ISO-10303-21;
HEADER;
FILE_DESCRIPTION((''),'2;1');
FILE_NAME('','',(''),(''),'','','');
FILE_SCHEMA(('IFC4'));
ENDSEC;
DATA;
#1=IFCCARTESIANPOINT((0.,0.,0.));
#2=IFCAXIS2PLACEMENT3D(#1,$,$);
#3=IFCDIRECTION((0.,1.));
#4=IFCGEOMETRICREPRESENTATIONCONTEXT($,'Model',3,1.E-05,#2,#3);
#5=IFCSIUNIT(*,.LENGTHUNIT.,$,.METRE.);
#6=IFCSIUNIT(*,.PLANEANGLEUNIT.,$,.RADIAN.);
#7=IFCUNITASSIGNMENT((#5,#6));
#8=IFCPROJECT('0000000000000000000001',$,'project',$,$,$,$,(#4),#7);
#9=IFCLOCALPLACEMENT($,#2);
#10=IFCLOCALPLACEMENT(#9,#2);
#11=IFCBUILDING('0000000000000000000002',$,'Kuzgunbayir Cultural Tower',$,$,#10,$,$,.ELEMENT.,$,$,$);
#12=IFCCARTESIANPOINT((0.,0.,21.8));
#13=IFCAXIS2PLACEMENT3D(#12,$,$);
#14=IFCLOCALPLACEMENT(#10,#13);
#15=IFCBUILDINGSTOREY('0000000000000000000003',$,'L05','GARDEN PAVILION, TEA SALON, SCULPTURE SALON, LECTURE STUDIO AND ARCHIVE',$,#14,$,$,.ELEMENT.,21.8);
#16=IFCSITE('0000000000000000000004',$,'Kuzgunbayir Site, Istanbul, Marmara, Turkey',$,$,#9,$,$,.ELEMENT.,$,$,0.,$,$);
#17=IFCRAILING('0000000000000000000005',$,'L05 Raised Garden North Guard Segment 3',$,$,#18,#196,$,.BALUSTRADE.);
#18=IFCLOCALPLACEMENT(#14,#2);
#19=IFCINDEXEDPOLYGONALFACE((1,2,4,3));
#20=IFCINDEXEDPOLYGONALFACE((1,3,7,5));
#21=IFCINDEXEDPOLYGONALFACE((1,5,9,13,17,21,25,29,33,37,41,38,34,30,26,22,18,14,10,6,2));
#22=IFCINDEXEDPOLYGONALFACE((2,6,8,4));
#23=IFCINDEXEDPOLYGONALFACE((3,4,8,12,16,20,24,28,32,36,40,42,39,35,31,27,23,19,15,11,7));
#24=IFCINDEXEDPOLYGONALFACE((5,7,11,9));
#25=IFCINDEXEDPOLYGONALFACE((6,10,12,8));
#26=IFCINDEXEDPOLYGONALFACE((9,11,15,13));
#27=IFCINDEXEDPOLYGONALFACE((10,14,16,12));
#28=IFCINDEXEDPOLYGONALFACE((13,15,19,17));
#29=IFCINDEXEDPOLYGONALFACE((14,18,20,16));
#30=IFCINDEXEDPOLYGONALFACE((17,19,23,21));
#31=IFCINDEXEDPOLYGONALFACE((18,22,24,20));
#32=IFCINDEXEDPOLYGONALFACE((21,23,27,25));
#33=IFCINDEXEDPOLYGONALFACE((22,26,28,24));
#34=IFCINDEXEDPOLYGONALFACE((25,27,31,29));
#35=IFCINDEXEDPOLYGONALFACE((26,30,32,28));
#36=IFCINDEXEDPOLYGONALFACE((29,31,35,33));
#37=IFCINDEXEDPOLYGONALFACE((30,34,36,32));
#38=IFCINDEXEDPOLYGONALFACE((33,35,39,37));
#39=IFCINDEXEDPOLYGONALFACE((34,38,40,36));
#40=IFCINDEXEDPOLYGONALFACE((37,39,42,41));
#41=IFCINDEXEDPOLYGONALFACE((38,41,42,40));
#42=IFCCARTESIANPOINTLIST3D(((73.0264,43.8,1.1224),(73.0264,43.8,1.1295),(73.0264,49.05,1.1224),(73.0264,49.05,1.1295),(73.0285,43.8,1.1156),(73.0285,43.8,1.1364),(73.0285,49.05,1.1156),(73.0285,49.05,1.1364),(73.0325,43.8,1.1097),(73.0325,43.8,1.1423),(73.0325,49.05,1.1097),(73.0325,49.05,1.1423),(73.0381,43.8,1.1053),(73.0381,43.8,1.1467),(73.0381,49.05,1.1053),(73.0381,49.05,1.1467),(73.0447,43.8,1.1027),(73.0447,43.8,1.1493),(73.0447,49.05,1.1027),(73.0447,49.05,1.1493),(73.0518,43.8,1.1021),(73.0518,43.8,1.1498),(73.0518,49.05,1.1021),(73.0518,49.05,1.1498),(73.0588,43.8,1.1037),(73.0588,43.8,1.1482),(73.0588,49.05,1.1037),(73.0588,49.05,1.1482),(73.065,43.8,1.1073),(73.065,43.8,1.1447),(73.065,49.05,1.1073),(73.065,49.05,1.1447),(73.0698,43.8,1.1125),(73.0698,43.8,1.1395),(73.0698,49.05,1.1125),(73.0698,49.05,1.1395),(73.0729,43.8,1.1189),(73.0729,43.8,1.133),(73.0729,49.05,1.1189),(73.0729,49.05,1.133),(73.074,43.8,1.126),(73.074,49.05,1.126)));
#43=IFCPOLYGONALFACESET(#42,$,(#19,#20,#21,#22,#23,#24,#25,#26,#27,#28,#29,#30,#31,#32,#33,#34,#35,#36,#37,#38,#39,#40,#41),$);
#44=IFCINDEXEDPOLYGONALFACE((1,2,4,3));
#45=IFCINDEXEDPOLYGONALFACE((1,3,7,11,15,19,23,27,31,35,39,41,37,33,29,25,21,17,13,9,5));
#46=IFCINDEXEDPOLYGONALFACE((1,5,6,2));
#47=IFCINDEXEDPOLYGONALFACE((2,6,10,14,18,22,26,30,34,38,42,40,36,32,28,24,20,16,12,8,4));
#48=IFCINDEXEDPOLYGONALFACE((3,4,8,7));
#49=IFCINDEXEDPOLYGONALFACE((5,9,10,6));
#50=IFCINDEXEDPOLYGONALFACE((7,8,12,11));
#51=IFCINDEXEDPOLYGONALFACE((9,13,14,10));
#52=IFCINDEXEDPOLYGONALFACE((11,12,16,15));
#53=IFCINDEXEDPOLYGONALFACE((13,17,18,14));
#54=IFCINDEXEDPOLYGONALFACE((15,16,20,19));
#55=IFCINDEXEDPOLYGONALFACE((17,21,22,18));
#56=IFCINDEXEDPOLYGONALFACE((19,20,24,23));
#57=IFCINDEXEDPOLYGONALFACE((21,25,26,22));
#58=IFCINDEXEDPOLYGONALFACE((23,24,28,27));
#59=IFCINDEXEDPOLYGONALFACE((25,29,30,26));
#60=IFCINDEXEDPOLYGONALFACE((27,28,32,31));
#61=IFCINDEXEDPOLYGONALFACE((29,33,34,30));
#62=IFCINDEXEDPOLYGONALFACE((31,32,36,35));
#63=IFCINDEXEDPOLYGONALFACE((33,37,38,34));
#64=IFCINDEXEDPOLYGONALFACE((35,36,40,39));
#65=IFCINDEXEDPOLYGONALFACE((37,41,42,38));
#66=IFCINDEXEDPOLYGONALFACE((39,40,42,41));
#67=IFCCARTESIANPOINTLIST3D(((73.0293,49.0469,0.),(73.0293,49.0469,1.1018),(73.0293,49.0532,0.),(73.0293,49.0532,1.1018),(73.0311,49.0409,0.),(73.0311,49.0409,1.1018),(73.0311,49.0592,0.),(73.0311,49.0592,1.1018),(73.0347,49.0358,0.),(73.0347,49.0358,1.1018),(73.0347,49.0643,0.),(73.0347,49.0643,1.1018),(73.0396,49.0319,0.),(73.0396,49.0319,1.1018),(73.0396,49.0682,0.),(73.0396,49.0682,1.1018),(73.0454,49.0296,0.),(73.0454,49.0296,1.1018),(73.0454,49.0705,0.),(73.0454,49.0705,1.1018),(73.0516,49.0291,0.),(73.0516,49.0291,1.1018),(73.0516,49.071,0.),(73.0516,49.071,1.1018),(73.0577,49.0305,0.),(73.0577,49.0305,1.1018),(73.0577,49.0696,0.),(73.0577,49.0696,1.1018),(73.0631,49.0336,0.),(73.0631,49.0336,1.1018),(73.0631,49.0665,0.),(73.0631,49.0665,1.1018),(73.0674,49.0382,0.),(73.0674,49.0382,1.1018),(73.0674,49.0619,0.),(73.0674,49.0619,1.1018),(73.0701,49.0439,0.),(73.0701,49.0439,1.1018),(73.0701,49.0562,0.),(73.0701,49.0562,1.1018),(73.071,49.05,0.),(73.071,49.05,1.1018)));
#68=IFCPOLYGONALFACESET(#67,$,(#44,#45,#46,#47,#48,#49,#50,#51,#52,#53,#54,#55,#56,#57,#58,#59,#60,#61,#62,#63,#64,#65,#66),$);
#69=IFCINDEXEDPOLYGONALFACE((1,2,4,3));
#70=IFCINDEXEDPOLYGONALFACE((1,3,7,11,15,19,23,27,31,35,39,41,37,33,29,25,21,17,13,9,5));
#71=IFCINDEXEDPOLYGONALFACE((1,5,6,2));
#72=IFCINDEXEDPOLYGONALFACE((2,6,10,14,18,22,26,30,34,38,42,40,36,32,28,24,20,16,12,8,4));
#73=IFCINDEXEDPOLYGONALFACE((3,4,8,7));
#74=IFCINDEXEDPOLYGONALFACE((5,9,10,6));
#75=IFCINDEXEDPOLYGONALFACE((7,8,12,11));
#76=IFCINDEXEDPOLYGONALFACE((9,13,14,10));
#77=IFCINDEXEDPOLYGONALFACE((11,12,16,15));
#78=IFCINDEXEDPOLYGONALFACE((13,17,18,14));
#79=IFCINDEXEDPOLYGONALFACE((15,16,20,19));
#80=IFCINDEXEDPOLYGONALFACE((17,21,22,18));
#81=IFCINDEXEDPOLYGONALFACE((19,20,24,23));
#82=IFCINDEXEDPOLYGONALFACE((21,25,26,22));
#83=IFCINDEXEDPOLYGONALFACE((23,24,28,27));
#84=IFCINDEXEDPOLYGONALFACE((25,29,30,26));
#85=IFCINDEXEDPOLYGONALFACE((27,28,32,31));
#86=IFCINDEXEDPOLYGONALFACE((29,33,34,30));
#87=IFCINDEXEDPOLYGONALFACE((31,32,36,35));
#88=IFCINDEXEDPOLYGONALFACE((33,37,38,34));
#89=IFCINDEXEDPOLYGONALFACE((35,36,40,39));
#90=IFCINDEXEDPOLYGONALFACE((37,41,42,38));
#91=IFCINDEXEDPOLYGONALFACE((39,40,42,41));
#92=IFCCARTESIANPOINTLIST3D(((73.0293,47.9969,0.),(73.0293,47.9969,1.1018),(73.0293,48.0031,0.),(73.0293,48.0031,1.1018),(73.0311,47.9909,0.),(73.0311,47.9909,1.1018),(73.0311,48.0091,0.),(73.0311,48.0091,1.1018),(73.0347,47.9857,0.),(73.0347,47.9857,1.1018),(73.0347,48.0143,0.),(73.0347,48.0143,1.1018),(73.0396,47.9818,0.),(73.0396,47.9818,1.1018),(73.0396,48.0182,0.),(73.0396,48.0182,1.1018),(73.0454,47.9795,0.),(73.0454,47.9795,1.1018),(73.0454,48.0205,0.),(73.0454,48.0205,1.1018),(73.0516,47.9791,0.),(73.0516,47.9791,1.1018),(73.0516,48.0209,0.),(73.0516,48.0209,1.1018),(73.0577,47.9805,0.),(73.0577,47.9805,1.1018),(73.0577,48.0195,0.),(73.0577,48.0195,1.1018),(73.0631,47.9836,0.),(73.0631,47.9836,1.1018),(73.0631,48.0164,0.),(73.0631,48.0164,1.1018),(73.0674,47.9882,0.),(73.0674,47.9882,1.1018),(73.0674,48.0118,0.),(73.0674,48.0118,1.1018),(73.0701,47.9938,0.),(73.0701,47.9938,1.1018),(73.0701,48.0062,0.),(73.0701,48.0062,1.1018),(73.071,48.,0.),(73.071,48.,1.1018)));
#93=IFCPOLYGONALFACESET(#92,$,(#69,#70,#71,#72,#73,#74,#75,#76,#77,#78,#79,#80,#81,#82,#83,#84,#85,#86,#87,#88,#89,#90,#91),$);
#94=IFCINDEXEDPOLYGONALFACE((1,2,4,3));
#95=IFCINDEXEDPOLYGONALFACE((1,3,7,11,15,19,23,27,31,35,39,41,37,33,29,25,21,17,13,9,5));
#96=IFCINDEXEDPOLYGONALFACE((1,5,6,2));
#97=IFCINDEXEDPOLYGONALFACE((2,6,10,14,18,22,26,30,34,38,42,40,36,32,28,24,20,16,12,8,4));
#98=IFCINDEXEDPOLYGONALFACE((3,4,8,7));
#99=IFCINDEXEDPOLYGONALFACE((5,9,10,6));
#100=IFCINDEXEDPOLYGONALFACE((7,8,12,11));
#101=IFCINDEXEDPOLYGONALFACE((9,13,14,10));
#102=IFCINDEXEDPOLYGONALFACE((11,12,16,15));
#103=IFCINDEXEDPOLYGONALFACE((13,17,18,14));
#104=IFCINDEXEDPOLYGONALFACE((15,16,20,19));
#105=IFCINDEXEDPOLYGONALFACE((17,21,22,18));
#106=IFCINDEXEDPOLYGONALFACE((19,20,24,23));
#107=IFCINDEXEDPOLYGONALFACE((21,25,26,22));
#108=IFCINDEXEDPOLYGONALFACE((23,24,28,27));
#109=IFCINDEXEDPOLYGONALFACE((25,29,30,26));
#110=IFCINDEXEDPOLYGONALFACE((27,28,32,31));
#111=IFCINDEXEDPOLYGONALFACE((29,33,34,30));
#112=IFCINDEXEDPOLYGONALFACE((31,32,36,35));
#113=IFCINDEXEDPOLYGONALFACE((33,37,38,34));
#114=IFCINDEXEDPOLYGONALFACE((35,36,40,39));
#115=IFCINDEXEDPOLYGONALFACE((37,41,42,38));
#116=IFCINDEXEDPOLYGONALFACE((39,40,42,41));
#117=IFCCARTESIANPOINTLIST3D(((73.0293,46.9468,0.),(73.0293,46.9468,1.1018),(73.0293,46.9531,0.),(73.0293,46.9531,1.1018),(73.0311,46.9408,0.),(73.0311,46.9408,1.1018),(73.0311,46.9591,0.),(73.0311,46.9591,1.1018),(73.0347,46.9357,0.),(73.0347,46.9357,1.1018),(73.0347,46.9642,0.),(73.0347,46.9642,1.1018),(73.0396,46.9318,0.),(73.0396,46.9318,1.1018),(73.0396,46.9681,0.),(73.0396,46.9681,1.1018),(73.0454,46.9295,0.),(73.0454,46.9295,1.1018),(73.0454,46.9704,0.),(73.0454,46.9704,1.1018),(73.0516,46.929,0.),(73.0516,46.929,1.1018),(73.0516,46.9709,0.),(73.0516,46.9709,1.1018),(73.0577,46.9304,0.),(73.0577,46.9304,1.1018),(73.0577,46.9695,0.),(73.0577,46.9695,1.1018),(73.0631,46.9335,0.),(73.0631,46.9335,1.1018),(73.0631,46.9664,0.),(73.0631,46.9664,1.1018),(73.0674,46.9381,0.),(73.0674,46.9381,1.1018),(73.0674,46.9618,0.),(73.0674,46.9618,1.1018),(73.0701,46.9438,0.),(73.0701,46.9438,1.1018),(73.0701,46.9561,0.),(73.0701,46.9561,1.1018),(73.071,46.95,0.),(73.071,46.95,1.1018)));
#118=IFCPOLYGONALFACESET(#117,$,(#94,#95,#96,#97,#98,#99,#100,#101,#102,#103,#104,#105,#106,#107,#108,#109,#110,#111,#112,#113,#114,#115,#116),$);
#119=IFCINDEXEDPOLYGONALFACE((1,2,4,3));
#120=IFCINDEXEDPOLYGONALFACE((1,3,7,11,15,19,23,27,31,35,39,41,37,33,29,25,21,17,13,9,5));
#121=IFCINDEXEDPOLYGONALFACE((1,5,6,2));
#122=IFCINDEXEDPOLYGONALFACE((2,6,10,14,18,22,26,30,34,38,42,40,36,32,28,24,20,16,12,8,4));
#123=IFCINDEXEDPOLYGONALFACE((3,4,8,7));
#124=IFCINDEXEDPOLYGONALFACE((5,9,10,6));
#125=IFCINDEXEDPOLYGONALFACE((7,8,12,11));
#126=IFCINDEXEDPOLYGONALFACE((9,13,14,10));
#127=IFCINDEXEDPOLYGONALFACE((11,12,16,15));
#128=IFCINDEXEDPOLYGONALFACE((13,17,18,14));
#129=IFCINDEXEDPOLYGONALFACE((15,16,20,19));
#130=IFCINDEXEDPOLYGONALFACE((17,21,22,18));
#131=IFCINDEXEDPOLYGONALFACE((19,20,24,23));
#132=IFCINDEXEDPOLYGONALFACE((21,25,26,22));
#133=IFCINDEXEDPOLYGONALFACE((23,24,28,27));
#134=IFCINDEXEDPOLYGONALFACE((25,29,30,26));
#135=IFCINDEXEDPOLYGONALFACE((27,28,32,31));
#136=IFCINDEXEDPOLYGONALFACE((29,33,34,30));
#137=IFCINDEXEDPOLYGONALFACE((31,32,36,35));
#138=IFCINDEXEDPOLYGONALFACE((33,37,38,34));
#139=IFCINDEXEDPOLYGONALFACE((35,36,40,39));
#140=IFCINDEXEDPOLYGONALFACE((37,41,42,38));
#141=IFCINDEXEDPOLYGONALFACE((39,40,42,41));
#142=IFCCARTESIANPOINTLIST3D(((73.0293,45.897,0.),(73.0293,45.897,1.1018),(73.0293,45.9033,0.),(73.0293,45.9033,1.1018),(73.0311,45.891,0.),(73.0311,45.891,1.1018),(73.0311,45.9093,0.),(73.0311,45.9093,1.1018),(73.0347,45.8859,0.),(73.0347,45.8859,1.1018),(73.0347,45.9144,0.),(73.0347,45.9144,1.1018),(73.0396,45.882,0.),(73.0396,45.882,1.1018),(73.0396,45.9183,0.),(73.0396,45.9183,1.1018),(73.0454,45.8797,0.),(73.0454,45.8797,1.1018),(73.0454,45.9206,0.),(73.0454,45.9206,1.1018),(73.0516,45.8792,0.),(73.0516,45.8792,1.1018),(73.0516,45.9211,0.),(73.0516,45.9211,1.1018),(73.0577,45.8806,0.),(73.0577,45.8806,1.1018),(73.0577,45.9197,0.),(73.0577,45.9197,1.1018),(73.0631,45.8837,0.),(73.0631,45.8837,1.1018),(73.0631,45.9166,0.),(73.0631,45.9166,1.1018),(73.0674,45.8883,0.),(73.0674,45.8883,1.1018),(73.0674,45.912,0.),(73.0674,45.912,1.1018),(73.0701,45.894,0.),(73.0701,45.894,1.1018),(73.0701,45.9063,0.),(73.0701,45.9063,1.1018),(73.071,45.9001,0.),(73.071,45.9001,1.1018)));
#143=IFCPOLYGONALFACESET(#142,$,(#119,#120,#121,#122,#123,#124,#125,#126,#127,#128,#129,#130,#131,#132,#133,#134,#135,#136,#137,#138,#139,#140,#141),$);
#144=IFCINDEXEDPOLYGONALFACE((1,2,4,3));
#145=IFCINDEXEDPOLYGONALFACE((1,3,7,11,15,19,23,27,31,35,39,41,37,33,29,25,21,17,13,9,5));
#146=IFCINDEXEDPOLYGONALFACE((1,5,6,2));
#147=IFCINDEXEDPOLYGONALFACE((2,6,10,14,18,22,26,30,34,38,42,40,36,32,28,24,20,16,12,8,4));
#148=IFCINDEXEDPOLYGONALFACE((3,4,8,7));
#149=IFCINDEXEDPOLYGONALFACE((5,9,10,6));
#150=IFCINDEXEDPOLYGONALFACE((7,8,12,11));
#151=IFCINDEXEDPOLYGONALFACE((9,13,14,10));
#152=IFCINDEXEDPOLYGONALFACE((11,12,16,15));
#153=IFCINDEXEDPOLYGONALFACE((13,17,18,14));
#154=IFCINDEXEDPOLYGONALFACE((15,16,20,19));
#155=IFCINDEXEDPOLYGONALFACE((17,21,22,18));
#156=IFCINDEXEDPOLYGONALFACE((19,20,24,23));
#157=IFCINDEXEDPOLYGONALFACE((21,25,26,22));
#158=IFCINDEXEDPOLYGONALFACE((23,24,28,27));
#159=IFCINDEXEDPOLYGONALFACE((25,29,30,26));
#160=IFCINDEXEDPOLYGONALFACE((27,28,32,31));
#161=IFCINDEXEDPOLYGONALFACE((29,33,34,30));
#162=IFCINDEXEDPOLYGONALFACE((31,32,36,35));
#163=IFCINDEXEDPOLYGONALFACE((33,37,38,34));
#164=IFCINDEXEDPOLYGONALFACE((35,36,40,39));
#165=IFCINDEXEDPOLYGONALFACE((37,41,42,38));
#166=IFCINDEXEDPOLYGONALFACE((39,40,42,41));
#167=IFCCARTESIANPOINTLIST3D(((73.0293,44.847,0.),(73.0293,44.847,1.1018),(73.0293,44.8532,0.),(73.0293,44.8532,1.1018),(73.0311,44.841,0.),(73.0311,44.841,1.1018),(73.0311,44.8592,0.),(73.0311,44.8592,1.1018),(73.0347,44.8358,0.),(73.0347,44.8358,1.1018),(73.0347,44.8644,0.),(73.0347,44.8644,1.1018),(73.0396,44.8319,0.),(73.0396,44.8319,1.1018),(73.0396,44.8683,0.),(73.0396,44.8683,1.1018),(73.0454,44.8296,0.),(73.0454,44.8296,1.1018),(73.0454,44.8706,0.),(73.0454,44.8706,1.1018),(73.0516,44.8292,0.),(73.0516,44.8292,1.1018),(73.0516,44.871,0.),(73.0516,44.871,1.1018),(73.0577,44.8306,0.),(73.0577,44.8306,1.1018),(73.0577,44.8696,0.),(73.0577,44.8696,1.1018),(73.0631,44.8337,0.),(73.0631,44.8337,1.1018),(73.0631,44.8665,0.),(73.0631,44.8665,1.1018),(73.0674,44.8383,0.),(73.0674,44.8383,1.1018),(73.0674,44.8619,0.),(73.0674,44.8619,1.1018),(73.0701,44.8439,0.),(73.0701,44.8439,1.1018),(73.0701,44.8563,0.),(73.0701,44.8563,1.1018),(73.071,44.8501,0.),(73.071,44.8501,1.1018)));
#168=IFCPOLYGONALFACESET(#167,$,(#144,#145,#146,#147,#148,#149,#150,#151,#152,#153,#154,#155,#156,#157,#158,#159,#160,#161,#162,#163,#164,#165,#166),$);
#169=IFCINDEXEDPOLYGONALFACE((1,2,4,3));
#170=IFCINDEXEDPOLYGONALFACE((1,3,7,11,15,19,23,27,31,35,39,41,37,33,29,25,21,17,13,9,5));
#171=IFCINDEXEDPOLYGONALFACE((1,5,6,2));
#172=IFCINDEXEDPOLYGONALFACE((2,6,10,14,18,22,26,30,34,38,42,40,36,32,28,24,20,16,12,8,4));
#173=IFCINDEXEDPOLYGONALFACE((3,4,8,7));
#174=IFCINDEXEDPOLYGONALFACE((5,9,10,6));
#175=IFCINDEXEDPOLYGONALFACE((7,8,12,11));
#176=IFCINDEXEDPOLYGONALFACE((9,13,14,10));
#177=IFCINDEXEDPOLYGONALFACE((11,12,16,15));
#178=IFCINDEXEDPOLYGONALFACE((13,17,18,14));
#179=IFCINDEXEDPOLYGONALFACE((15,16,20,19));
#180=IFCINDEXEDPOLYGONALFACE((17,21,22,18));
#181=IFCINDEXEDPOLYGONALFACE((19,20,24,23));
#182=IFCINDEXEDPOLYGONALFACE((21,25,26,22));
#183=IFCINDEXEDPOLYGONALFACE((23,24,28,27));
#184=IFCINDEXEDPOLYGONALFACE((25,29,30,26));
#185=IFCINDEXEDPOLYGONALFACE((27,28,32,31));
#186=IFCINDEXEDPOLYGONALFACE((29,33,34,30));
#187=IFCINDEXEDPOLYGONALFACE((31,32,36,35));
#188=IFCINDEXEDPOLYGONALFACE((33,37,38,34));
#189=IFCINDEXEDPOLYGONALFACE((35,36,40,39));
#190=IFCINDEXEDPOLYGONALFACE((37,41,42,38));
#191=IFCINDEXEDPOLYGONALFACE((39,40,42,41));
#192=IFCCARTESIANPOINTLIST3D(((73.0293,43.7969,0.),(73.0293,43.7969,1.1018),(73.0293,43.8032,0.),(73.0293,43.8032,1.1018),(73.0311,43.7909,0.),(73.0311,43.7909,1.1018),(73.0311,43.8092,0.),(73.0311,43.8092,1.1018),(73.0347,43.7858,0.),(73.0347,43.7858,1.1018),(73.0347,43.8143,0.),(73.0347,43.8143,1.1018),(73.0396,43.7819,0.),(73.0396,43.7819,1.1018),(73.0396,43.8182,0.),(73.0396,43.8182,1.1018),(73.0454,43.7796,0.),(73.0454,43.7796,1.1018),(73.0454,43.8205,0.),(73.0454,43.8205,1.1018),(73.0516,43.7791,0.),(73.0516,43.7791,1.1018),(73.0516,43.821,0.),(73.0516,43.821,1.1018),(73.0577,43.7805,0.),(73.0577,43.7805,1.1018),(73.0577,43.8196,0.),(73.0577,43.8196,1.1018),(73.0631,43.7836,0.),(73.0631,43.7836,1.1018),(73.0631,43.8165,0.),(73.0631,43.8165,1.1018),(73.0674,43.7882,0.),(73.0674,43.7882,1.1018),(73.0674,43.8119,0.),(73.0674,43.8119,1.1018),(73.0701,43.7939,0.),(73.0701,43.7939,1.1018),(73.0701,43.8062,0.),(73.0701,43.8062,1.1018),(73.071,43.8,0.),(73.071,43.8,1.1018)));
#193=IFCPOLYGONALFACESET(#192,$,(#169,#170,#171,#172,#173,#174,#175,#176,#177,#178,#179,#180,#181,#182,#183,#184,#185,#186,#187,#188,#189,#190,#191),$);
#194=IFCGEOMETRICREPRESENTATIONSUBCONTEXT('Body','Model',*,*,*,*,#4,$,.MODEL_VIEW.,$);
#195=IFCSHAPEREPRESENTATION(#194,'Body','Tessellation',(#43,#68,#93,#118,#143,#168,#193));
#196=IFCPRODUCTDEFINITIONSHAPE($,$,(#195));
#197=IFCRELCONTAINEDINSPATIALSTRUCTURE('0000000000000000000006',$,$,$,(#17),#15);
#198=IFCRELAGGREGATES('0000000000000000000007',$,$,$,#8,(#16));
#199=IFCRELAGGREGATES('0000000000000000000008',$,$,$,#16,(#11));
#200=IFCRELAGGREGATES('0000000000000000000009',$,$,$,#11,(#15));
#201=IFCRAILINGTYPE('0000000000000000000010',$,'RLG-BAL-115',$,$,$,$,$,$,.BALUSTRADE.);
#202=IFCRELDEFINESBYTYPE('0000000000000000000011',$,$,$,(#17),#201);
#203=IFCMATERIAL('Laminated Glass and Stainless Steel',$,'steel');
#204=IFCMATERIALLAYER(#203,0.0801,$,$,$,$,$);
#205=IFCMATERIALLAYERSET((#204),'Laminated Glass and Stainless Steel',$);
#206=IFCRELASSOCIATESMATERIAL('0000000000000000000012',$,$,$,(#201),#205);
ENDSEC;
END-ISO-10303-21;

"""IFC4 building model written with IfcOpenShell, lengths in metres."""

from ifc_helpers import new_model, si_unit, direction, frame, origin, origin_2d, place, context, subcontext, project, spatial, circle, extrude, material, layer, layer_set, type_object, element, save


model = new_model("IFC4")

# Units and contexts
model_context = context("Model", 3, precision=1e-05, world=origin(), true_north=direction((0.0, 1.0)))
body_context = subcontext(model_context, "Body", "Model", "MODEL_VIEW")
ifc_project = project(units=[si_unit("LENGTHUNIT", "METRE"), si_unit("PLANEANGLEUNIT", "RADIAN")], contexts=[model_context])

# Site, building, storey
site_placement = place(None, origin())
site = spatial("IfcSite", under=ifc_project, at=site_placement, Name="Kuzgunbayir Site, Istanbul, Marmara, Turkey", CompositionType="ELEMENT", RefElevation=0.0)
building_placement = place(site_placement, origin())
building = spatial("IfcBuilding", under=site, at=building_placement, Name="Kuzgunbayir Cultural Tower", CompositionType="ELEMENT")
storey_placement = place(building_placement, frame((0.0, 0.0, 21.8)))
storey = spatial("IfcBuildingStorey", under=building, at=storey_placement, Name="L05", Description="GARDEN PAVILION, TEA SALON, SCULPTURE SALON, LECTURE STUDIO AND ARCHIVE", CompositionType="ELEMENT", Elevation=21.8)

# Railing
ifc_material_1 = material(Name="Laminated Glass and Stainless Steel", Category="steel")
ifc_layer_1 = layer(ifc_material_1, 0.0801)
ifc_layer_set_1 = layer_set([ifc_layer_1], Name="Laminated Glass and Stainless Steel")
railing_type_1 = type_object("IfcRailingType", Name="RLG-BAL-115", PredefinedType="BALUSTRADE", material=ifc_layer_set_1)
railing_1_placement = place(storey_placement, frame((73.05, 49.05, 0.0)))
element("IfcRailing", 1, at=railing_1_placement, inside=storey, type_object=railing_type_1, Name="L05 Raised Garden North Guard Segment 3", PredefinedType="BALUSTRADE", context=body_context, shape_type="SweptSolid", body=[
    extrude(circle(Radius=0.0239, at=origin_2d()), frame((0.0, 0.0, 1.126), z_axis=(0.0, -1.0, 0.0), x_axis=(1.0, 0.0, 0.0)), (0.0, 0.0, 1.0), 5.25),
    extrude(circle(Radius=0.021, at=origin_2d()), origin(), (0.0, 0.0, 1.0), 1.1018),
    extrude(circle(Radius=0.021, at=origin_2d()), frame((0.0, -1.05, 0.0)), (0.0, 0.0, 1.0), 1.1018),
    extrude(circle(Radius=0.021, at=origin_2d()), frame((0.0, -2.1001, 0.0)), (0.0, 0.0, 1.0), 1.1018),
    extrude(circle(Radius=0.021, at=origin_2d()), frame((0.0, -3.1499, 0.0)), (0.0, 0.0, 1.0), 1.1018),
    extrude(circle(Radius=0.021, at=origin_2d()), frame((0.0, -4.2, 0.0)), (0.0, 0.0, 1.0), 1.1018),
    extrude(circle(Radius=0.021, at=origin_2d()), frame((0.0, -5.25, 0.0)), (0.0, 0.0, 1.0), 1.1018),
])

save(model, "model.ifc")
